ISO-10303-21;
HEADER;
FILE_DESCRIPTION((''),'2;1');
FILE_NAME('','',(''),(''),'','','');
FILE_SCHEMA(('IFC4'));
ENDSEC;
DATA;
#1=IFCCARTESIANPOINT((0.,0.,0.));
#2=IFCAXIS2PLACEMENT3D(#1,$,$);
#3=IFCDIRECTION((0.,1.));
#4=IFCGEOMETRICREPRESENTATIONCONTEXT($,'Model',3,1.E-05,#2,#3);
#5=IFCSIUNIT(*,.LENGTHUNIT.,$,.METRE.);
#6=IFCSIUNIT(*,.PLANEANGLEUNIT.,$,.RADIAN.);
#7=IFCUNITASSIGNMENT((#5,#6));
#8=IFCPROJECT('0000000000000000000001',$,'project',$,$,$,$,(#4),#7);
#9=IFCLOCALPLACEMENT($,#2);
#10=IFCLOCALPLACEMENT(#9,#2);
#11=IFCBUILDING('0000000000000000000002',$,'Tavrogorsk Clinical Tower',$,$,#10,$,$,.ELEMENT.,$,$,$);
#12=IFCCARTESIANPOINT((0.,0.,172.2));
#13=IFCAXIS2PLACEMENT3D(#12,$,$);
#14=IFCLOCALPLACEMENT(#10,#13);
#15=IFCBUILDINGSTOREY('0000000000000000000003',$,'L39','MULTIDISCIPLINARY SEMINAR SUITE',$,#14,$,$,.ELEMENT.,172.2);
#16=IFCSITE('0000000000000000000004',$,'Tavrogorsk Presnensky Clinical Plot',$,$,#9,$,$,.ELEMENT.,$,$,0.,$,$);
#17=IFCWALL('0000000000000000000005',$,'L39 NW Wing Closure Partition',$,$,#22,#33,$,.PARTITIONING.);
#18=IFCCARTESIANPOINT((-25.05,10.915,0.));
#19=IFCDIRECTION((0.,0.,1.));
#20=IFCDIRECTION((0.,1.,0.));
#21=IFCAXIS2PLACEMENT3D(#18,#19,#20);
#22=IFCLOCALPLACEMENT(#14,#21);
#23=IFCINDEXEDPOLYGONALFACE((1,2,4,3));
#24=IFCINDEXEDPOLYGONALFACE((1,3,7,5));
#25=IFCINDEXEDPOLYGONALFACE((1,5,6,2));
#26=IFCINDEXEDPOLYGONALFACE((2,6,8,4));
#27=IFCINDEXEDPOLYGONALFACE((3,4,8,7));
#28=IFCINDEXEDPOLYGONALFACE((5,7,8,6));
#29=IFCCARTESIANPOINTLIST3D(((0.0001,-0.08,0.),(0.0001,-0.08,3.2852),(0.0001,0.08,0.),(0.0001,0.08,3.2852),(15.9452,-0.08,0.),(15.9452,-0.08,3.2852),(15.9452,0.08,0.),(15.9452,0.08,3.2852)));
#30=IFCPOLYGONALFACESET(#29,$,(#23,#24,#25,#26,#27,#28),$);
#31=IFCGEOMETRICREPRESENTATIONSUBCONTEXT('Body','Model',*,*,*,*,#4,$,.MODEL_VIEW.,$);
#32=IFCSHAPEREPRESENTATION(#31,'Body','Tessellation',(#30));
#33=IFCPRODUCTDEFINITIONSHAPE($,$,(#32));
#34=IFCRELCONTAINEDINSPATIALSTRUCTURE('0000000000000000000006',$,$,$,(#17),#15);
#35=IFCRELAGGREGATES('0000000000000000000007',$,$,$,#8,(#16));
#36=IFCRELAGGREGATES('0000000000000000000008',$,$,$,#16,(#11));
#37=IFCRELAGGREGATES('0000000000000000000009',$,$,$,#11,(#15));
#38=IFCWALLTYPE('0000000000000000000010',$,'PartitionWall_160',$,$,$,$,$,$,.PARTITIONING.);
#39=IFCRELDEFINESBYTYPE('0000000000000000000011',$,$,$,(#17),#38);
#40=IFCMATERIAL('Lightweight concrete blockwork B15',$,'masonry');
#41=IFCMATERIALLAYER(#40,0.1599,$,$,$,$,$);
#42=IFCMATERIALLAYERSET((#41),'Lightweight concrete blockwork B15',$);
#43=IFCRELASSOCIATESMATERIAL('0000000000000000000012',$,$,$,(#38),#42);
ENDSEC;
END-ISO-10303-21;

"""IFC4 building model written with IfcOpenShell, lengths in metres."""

from ifc_helpers import new_model, si_unit, direction, frame, frame_2d, origin, place, context, subcontext, project, spatial, rectangle, extrude, material, layer, layer_set, type_object, element, save


model = new_model("IFC4")

# Units and contexts
model_context = context("Model", 3, precision=1e-05, world=origin(), true_north=direction((0.0, 1.0)))
body_context = subcontext(model_context, "Body", "Model", "MODEL_VIEW")
ifc_project = project(units=[si_unit("LENGTHUNIT", "METRE"), si_unit("PLANEANGLEUNIT", "RADIAN")], contexts=[model_context])

# Site, building, storey
site_placement = place(None, origin())
site = spatial("IfcSite", under=ifc_project, at=site_placement, Name="Tavrogorsk Presnensky Clinical Plot", CompositionType="ELEMENT", RefElevation=0.0)
building_placement = place(site_placement, origin())
building = spatial("IfcBuilding", under=site, at=building_placement, Name="Tavrogorsk Clinical Tower", CompositionType="ELEMENT")
storey_placement = place(building_placement, frame((0.0, 0.0, 172.2)))
storey = spatial("IfcBuildingStorey", under=building, at=storey_placement, Name="L39", Description="MULTIDISCIPLINARY SEMINAR SUITE", CompositionType="ELEMENT", Elevation=172.2)

# Shared definitions
ifc_material_1 = material(Name="Lightweight concrete blockwork B15", Category="masonry")
ifc_layer = layer(ifc_material_1, 0.1599)
ifc_layer_set = layer_set([ifc_layer], Name="Lightweight concrete blockwork B15")
wall_type = type_object("IfcWallType", Name="PartitionWall_160", PredefinedType="PARTITIONING", material=ifc_layer_set)

# Wall
wall_1_placement = place(storey_placement, frame((-25.05, 10.915, 0.0), z_axis=(0.0, 0.0, 1.0), x_axis=(0.0, 1.0, 0.0)))
element("IfcWall", 1, at=wall_1_placement, inside=storey, type_object=wall_type, Name="L39 NW Wing Closure Partition", PredefinedType="PARTITIONING", context=body_context, shape_type="SweptSolid", body=[
    extrude(rectangle(XDim=15.9451, YDim=0.1599, at=frame_2d((7.9727, 0.0))), origin(), (0.0, 0.0, 1.0), 3.2852),
])

save(model, "model.ifc")
